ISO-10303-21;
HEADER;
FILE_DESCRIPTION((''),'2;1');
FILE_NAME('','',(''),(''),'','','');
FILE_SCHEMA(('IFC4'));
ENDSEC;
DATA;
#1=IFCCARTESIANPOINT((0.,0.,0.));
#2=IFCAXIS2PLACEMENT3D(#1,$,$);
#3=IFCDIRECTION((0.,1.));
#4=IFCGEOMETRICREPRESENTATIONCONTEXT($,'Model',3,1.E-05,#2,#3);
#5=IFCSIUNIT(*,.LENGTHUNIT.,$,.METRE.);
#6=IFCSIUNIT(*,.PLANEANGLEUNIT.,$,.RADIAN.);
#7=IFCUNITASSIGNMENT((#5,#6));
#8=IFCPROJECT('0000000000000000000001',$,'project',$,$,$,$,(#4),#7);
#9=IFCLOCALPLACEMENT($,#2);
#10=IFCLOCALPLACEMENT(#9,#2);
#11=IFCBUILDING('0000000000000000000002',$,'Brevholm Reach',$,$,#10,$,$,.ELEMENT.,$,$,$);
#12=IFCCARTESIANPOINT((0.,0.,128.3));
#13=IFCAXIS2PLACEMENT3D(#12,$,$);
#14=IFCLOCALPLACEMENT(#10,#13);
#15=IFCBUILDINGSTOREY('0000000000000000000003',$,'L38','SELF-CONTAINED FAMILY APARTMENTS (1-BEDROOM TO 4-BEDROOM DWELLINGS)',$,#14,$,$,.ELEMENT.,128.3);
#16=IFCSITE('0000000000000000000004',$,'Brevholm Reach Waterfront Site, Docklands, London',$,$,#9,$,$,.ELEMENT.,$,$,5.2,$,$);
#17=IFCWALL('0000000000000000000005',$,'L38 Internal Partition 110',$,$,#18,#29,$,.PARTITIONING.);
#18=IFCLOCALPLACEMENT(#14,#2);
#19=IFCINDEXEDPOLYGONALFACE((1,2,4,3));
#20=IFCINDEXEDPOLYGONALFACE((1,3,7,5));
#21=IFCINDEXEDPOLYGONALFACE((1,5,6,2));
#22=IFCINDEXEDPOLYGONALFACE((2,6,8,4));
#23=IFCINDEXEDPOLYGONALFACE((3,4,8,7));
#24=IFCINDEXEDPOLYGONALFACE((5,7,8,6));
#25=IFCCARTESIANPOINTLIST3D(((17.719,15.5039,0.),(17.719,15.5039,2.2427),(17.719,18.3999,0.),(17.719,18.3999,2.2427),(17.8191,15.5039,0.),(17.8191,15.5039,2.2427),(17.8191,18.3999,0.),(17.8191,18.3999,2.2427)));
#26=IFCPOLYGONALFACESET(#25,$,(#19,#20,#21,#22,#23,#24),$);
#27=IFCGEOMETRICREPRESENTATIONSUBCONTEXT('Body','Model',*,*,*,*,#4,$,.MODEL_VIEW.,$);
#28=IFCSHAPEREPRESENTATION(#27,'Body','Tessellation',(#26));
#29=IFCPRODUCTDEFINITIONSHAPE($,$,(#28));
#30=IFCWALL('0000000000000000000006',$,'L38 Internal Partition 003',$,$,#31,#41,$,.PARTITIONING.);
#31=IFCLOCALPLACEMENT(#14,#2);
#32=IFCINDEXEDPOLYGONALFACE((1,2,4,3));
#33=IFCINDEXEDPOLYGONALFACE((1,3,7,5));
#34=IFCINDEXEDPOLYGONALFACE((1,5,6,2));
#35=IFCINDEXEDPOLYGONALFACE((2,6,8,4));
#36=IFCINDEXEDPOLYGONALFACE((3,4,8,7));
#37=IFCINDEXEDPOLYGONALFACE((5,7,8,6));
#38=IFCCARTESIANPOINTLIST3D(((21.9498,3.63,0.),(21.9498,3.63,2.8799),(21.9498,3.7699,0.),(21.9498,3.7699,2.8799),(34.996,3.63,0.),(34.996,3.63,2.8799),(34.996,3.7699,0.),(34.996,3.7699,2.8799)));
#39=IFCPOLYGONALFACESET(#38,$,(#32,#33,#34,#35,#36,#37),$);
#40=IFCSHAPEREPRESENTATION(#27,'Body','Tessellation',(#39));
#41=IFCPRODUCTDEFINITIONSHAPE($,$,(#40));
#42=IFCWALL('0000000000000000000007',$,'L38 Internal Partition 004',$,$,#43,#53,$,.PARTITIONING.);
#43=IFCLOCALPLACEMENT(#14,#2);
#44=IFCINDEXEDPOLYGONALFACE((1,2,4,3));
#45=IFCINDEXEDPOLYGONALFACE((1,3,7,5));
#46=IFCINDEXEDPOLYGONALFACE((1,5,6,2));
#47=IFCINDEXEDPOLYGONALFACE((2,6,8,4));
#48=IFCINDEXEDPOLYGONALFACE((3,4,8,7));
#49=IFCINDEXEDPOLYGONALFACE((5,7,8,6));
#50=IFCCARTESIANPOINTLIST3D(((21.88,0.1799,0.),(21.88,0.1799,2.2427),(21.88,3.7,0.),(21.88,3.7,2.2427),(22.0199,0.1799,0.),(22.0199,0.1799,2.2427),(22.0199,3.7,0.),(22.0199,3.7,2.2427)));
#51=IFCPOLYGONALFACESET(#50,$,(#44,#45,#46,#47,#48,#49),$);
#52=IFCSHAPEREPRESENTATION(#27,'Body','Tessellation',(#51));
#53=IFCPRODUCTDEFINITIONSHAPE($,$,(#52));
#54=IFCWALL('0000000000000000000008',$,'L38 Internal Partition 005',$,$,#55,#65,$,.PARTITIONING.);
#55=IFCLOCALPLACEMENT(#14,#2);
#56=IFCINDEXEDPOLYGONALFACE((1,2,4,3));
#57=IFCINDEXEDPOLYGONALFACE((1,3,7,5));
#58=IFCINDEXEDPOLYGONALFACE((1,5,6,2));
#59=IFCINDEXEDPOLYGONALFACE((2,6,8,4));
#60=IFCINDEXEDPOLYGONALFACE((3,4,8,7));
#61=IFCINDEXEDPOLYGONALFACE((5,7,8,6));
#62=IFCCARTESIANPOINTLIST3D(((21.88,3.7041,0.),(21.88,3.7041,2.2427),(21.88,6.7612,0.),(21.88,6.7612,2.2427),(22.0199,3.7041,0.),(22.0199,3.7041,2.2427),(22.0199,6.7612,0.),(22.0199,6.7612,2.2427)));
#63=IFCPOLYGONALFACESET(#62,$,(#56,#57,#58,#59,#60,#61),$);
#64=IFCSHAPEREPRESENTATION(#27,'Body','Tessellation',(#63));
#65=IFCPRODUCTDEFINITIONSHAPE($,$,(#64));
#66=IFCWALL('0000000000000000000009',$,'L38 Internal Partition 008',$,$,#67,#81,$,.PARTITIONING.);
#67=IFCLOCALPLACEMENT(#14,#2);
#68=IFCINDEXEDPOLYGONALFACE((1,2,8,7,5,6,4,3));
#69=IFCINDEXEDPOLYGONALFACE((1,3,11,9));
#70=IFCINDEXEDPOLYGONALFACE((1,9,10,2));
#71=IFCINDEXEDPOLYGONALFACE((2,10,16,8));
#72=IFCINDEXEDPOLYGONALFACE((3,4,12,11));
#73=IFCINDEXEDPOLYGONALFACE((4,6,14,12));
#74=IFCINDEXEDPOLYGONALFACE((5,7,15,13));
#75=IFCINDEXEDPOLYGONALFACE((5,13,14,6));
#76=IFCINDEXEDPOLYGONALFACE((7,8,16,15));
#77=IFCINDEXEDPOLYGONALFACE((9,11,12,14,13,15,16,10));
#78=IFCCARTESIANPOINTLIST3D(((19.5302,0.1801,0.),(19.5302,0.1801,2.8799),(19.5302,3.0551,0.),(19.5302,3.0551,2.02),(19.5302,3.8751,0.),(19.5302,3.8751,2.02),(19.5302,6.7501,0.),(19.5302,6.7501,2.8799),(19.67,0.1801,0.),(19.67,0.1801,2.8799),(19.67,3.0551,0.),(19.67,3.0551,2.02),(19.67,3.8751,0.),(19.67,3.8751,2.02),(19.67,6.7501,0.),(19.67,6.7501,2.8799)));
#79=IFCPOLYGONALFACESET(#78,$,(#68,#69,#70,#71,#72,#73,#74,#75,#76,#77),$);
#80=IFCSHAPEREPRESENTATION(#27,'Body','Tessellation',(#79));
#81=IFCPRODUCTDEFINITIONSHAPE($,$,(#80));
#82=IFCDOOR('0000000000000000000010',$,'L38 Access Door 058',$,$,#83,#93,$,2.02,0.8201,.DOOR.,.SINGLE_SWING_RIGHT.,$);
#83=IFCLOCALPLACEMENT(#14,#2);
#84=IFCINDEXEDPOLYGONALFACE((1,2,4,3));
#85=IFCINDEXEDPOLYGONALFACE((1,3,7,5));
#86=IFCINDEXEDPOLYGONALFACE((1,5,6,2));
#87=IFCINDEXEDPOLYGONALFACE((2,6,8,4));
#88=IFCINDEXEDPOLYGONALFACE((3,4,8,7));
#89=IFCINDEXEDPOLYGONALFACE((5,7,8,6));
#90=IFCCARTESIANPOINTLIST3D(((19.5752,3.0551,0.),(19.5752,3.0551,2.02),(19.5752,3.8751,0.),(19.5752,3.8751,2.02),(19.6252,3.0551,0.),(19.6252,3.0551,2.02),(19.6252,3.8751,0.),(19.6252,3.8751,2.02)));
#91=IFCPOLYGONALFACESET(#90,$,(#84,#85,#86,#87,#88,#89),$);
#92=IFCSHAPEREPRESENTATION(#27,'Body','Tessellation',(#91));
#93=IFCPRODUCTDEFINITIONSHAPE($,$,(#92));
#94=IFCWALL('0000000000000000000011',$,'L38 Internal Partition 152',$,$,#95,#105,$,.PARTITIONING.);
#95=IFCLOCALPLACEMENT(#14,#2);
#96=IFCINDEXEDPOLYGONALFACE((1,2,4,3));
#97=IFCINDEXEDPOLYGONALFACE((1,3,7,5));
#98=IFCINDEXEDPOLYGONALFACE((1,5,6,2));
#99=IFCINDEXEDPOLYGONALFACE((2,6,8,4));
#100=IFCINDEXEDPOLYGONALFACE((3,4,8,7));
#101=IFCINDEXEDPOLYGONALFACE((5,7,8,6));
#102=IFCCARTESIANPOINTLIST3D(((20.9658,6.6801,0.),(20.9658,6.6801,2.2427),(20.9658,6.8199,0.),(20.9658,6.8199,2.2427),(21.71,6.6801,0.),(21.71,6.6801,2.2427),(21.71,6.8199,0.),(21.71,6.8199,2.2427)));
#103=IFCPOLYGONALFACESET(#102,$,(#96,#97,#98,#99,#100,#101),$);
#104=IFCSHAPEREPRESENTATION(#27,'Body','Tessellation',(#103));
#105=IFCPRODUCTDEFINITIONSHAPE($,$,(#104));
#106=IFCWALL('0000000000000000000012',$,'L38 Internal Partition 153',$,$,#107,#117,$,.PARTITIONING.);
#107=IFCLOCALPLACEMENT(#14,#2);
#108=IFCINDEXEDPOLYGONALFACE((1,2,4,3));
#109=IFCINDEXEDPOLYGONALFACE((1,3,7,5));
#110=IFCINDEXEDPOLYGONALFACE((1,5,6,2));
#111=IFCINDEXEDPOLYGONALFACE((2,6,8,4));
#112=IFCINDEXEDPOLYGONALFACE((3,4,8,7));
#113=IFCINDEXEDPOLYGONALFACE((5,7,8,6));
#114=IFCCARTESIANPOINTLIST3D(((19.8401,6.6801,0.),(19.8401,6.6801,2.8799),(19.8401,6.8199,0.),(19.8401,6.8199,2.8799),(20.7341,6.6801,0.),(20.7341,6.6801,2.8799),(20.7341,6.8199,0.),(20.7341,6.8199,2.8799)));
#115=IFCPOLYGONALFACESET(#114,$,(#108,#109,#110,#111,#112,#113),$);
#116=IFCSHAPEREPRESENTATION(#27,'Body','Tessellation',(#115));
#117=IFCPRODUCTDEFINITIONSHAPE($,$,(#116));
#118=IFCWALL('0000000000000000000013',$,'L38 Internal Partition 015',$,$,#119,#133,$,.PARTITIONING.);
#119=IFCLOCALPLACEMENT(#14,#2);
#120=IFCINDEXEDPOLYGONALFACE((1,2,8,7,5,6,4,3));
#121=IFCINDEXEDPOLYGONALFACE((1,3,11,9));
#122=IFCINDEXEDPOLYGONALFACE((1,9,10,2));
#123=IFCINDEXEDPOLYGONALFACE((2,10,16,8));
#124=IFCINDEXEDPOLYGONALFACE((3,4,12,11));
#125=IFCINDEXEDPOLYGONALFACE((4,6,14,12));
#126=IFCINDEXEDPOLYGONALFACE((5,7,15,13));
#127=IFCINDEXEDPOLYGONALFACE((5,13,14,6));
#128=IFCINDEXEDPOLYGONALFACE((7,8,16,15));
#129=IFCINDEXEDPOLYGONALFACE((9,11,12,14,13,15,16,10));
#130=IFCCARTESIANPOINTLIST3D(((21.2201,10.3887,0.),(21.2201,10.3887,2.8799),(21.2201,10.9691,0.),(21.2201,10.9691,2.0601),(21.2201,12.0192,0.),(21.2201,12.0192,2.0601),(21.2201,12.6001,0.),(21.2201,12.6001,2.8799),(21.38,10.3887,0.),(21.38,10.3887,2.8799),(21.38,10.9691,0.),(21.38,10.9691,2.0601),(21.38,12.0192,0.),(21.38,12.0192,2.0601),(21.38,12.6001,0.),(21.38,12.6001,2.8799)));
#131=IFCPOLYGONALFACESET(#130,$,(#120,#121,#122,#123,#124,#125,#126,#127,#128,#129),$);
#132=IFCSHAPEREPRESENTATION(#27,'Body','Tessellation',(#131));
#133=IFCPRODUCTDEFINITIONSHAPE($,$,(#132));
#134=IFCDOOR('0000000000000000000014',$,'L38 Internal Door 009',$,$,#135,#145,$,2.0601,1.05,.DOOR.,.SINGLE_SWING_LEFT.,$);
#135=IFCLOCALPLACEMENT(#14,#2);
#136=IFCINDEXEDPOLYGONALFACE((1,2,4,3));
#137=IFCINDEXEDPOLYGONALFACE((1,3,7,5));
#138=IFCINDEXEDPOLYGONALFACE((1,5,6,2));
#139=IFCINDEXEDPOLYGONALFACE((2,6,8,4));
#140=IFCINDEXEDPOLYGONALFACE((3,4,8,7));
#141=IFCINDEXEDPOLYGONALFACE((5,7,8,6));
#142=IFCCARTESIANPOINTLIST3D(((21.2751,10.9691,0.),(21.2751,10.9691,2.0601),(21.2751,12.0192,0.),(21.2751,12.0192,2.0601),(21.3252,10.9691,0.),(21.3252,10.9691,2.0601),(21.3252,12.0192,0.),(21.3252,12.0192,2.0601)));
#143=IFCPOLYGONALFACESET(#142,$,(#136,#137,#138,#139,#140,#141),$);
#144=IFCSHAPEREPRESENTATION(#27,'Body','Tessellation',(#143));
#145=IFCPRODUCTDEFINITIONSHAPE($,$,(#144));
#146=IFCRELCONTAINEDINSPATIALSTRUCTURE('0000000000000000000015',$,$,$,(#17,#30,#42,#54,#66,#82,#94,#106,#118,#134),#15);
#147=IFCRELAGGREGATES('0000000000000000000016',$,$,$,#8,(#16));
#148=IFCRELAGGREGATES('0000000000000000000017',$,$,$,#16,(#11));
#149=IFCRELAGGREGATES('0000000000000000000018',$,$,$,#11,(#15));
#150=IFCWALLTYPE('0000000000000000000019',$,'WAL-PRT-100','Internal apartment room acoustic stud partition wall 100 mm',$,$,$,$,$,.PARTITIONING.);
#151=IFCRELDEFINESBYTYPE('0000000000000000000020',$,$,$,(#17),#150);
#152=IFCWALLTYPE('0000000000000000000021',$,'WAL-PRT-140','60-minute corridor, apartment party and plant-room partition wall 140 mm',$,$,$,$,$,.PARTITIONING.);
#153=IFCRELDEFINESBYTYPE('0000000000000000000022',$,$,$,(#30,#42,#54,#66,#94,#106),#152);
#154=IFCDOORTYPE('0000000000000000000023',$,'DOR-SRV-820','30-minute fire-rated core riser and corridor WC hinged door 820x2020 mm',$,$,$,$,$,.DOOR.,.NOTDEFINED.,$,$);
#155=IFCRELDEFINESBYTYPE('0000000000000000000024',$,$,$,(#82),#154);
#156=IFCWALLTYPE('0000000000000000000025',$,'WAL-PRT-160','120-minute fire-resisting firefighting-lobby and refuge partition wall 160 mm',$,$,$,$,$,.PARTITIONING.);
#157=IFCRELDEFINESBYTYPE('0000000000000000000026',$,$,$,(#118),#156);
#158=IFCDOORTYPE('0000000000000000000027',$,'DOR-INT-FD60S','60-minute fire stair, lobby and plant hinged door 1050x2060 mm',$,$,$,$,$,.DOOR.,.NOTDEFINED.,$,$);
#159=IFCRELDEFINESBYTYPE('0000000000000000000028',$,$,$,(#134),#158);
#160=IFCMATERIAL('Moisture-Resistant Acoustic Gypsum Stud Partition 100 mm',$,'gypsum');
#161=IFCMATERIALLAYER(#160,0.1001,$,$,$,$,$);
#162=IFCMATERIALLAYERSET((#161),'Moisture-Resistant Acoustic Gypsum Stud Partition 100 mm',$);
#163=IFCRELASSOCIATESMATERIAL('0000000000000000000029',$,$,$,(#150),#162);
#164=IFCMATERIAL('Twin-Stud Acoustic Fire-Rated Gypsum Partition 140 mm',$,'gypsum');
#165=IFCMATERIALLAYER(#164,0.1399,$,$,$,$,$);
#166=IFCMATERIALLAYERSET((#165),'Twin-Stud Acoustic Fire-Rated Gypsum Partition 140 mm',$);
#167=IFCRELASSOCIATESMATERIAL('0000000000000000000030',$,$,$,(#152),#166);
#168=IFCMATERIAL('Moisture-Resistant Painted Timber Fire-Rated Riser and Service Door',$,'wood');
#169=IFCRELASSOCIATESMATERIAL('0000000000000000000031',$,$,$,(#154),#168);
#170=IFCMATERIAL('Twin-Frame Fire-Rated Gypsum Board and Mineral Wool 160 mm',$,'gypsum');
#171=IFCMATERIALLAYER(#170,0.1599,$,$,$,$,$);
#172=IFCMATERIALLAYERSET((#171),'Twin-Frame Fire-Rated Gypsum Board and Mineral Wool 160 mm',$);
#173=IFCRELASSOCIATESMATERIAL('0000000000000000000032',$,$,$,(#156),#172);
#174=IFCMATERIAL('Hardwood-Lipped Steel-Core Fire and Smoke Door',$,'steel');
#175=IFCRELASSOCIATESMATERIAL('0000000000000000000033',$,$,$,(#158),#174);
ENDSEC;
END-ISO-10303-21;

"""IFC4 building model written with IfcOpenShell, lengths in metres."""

from ifc_helpers import new_model, si_unit, direction, frame, frame_2d, origin, place, context, subcontext, project, spatial, rectangle, extrude, material, layer, layer_set, type_object, element, fill, save


model = new_model("IFC4")

# Units and contexts
model_context = context("Model", 3, precision=1e-05, world=origin(), true_north=direction((0.0, 1.0)))
body_context = subcontext(model_context, "Body", "Model", "MODEL_VIEW")
ifc_project = project(units=[si_unit("LENGTHUNIT", "METRE"), si_unit("PLANEANGLEUNIT", "RADIAN")], contexts=[model_context])

# Site, building, storey
site_placement = place(None, origin())
site = spatial("IfcSite", under=ifc_project, at=site_placement, Name="Brevholm Reach Waterfront Site, Docklands, London", CompositionType="ELEMENT", RefElevation=5.2)
building_placement = place(site_placement, origin())
building = spatial("IfcBuilding", under=site, at=building_placement, Name="Brevholm Reach", CompositionType="ELEMENT")
storey_placement = place(building_placement, frame((0.0, 0.0, 128.3)))
storey = spatial("IfcBuildingStorey", under=building, at=storey_placement, Name="L38", Description="SELF-CONTAINED FAMILY APARTMENTS (1-BEDROOM TO 4-BEDROOM DWELLINGS)", CompositionType="ELEMENT", Elevation=128.3)

# Walls
ifc_material_1 = material(Name="Moisture-Resistant Acoustic Gypsum Stud Partition 100 mm", Category="gypsum")
ifc_layer_1 = layer(ifc_material_1, 0.1001)
ifc_layer_set_1 = layer_set([ifc_layer_1], Name="Moisture-Resistant Acoustic Gypsum Stud Partition 100 mm")
wall_type_1 = type_object("IfcWallType", Name="WAL-PRT-100", Description="Internal apartment room acoustic stud partition wall 100 mm", PredefinedType="PARTITIONING", material=ifc_layer_set_1)
wall_1_placement = place(storey_placement, frame((17.769, 15.5039, 0.0), z_axis=(0.0, 0.0, 1.0), x_axis=(0.0, 1.0, 0.0)))
element("IfcWall", 1, at=wall_1_placement, inside=storey, type_object=wall_type_1, Name="L38 Internal Partition 110", PredefinedType="PARTITIONING", context=body_context, shape_type="SweptSolid", body=[
    extrude(rectangle(XDim=2.896, YDim=0.1001, at=frame_2d((1.448, 0.0))), origin(), (0.0, 0.0, 1.0), 2.2427),
])
ifc_material_2 = material(Name="Twin-Stud Acoustic Fire-Rated Gypsum Partition 140 mm", Category="gypsum")
ifc_layer_2 = layer(ifc_material_2, 0.1399)
ifc_layer_set_2 = layer_set([ifc_layer_2], Name="Twin-Stud Acoustic Fire-Rated Gypsum Partition 140 mm")
wall_type_2 = type_object("IfcWallType", Name="WAL-PRT-140", Description="60-minute corridor, apartment party and plant-room partition wall 140 mm", PredefinedType="PARTITIONING", material=ifc_layer_set_2)
wall_2_placement = place(storey_placement, frame((21.95, 3.7, 0.0), z_axis=(0.0, 0.0, 1.0), x_axis=(1.0, 0.0, 0.0)))
element("IfcWall", 2, at=wall_2_placement, inside=storey, type_object=wall_type_2, Name="L38 Internal Partition 003", PredefinedType="PARTITIONING", context=body_context, shape_type="SweptSolid", body=[
    extrude(rectangle(XDim=13.0461, YDim=0.1399, at=frame_2d((6.5229, 0.0))), origin(), (0.0, 0.0, 1.0), 2.8799),
])
wall_3_placement = place(storey_placement, frame((21.95, 0.1799, 0.0), z_axis=(0.0, 0.0, 1.0), x_axis=(0.0, 1.0, 0.0)))
element("IfcWall", 3, at=wall_3_placement, inside=storey, type_object=wall_type_2, Name="L38 Internal Partition 004", PredefinedType="PARTITIONING", context=body_context, shape_type="SweptSolid", body=[
    extrude(rectangle(XDim=3.52, YDim=0.1399, at=frame_2d((1.76, 0.0))), origin(), (0.0, 0.0, 1.0), 2.2427),
])
wall_4_placement = place(storey_placement, frame((21.95, 3.7041, 0.0), z_axis=(0.0, 0.0, 1.0), x_axis=(0.0, 1.0, 0.0)))
element("IfcWall", 4, at=wall_4_placement, inside=storey, type_object=wall_type_2, Name="L38 Internal Partition 005", PredefinedType="PARTITIONING", context=body_context, shape_type="SweptSolid", body=[
    extrude(rectangle(XDim=3.0571, YDim=0.1399, at=frame_2d((1.5286, 0.0))), origin(), (0.0, 0.0, 1.0), 2.2427),
])

# Wall, opening, door
wall_5_placement = place(storey_placement, frame((19.6001, 0.1799, 0.0), z_axis=(0.0, 0.0, 1.0), x_axis=(0.0, 1.0, 0.0)))
wall_5 = element("IfcWall", 5, at=wall_5_placement, inside=storey, type_object=wall_type_2, Name="L38 Internal Partition 008", PredefinedType="PARTITIONING", context=body_context, shape_type="SweptSolid", body=[
    extrude(rectangle(XDim=6.5701, YDim=0.1399, at=frame_2d((3.2852, 0.0))), origin(), (0.0, 0.0, 1.0), 2.8799),
])
opening_1_placement = place(wall_5_placement, frame((2.875, 0.0, 0.0)))
opening_1 = element("IfcOpeningElement", 6, at=opening_1_placement, cuts=wall_5, PredefinedType="OPENING", context=body_context, shape_type="SweptSolid", body=[
    extrude(rectangle(XDim=0.8201, YDim=2.02, at=frame_2d((0.4102, 1.01))), frame((0.0, 0.0798, 0.0), z_axis=(0.0, -1.0, 0.0), x_axis=(1.0, 0.0, 0.0)), (0.0, 0.0, 1.0), 0.1599),
])
ifc_material_3 = material(Name="Moisture-Resistant Painted Timber Fire-Rated Riser and Service Door", Category="wood")
door_type_1 = type_object("IfcDoorType", Name="DOR-SRV-820", Description="30-minute fire-rated core riser and corridor WC hinged door 820x2020 mm", OperationType="NOTDEFINED", PredefinedType="DOOR", material=ifc_material_3)
door_1_placement = place(opening_1_placement, origin())
door_1 = element("IfcDoor", 7, at=door_1_placement, inside=storey, type_object=door_type_1, Name="L38 Access Door 058", OperationType="SINGLE_SWING_RIGHT", OverallHeight=2.02, OverallWidth=0.8201, PredefinedType="DOOR", context=body_context, shape_type="SweptSolid", body=[
    extrude(rectangle(XDim=0.8201, YDim=2.02, at=frame_2d((0.4102, 1.01))), frame((0.0, 0.0249, 0.0), z_axis=(0.0, -1.0, 0.0), x_axis=(1.0, 0.0, 0.0)), (0.0, 0.0, 1.0), 0.05),
])
fill(opening_1, door_1)

# Walls
wall_6_placement = place(storey_placement, frame((20.9658, 6.75, 0.0), z_axis=(0.0, 0.0, 1.0), x_axis=(1.0, 0.0, 0.0)))
element("IfcWall", 8, at=wall_6_placement, inside=storey, type_object=wall_type_2, Name="L38 Internal Partition 152", PredefinedType="PARTITIONING", context=body_context, shape_type="SweptSolid", body=[
    extrude(rectangle(XDim=0.7441, YDim=0.1399, at=frame_2d((0.3721, 0.0))), origin(), (0.0, 0.0, 1.0), 2.2427),
])
wall_7_placement = place(storey_placement, frame((19.8401, 6.75, 0.0), z_axis=(0.0, 0.0, 1.0), x_axis=(1.0, 0.0, 0.0)))
element("IfcWall", 9, at=wall_7_placement, inside=storey, type_object=wall_type_2, Name="L38 Internal Partition 153", PredefinedType="PARTITIONING", context=body_context, shape_type="SweptSolid", body=[
    extrude(rectangle(XDim=0.894, YDim=0.1399, at=frame_2d((0.447, 0.0))), origin(), (0.0, 0.0, 1.0), 2.8799),
])

# Wall, opening, door
ifc_material_4 = material(Name="Twin-Frame Fire-Rated Gypsum Board and Mineral Wool 160 mm", Category="gypsum")
ifc_layer_3 = layer(ifc_material_4, 0.1599)
ifc_layer_set_3 = layer_set([ifc_layer_3], Name="Twin-Frame Fire-Rated Gypsum Board and Mineral Wool 160 mm")
wall_type_3 = type_object("IfcWallType", Name="WAL-PRT-160", Description="120-minute fire-resisting firefighting-lobby and refuge partition wall 160 mm", PredefinedType="PARTITIONING", material=ifc_layer_set_3)
wall_8_placement = place(storey_placement, frame((21.3, 10.3887, 0.0), z_axis=(0.0, 0.0, 1.0), x_axis=(0.0, 1.0, 0.0)))
wall_8 = element("IfcWall", 10, at=wall_8_placement, inside=storey, type_object=wall_type_3, Name="L38 Internal Partition 015", PredefinedType="PARTITIONING", context=body_context, shape_type="SweptSolid", body=[
    extrude(rectangle(XDim=2.2114, YDim=0.1599, at=frame_2d((1.1057, 0.0))), origin(), (0.0, 0.0, 1.0), 2.8799),
])
opening_2_placement = place(wall_8_placement, frame((0.5806, 0.0, 0.0)))
opening_2 = element("IfcOpeningElement", 11, at=opening_2_placement, cuts=wall_8, PredefinedType="OPENING", context=body_context, shape_type="SweptSolid", body=[
    extrude(rectangle(XDim=1.05, YDim=2.0601, at=frame_2d((0.5249, 1.03))), frame((0.0, 0.0898, 0.0), z_axis=(0.0, -1.0, 0.0), x_axis=(1.0, 0.0, 0.0)), (0.0, 0.0, 1.0), 0.1799),
])
ifc_material_5 = material(Name="Hardwood-Lipped Steel-Core Fire and Smoke Door", Category="steel")
door_type_2 = type_object("IfcDoorType", Name="DOR-INT-FD60S", Description="60-minute fire stair, lobby and plant hinged door 1050x2060 mm", OperationType="NOTDEFINED", PredefinedType="DOOR", material=ifc_material_5)
door_2_placement = place(opening_2_placement, origin())
door_2 = element("IfcDoor", 12, at=door_2_placement, inside=storey, type_object=door_type_2, Name="L38 Internal Door 009", OperationType="SINGLE_SWING_LEFT", OverallHeight=2.0601, OverallWidth=1.05, PredefinedType="DOOR", context=body_context, shape_type="SweptSolid", body=[
    extrude(rectangle(XDim=1.05, YDim=2.0601, at=frame_2d((0.5249, 1.03))), frame((0.0, 0.0249, 0.0), z_axis=(0.0, -1.0, 0.0), x_axis=(1.0, 0.0, 0.0)), (0.0, 0.0, 1.0), 0.05),
])
fill(opening_2, door_2)

save(model, "model.ifc")
